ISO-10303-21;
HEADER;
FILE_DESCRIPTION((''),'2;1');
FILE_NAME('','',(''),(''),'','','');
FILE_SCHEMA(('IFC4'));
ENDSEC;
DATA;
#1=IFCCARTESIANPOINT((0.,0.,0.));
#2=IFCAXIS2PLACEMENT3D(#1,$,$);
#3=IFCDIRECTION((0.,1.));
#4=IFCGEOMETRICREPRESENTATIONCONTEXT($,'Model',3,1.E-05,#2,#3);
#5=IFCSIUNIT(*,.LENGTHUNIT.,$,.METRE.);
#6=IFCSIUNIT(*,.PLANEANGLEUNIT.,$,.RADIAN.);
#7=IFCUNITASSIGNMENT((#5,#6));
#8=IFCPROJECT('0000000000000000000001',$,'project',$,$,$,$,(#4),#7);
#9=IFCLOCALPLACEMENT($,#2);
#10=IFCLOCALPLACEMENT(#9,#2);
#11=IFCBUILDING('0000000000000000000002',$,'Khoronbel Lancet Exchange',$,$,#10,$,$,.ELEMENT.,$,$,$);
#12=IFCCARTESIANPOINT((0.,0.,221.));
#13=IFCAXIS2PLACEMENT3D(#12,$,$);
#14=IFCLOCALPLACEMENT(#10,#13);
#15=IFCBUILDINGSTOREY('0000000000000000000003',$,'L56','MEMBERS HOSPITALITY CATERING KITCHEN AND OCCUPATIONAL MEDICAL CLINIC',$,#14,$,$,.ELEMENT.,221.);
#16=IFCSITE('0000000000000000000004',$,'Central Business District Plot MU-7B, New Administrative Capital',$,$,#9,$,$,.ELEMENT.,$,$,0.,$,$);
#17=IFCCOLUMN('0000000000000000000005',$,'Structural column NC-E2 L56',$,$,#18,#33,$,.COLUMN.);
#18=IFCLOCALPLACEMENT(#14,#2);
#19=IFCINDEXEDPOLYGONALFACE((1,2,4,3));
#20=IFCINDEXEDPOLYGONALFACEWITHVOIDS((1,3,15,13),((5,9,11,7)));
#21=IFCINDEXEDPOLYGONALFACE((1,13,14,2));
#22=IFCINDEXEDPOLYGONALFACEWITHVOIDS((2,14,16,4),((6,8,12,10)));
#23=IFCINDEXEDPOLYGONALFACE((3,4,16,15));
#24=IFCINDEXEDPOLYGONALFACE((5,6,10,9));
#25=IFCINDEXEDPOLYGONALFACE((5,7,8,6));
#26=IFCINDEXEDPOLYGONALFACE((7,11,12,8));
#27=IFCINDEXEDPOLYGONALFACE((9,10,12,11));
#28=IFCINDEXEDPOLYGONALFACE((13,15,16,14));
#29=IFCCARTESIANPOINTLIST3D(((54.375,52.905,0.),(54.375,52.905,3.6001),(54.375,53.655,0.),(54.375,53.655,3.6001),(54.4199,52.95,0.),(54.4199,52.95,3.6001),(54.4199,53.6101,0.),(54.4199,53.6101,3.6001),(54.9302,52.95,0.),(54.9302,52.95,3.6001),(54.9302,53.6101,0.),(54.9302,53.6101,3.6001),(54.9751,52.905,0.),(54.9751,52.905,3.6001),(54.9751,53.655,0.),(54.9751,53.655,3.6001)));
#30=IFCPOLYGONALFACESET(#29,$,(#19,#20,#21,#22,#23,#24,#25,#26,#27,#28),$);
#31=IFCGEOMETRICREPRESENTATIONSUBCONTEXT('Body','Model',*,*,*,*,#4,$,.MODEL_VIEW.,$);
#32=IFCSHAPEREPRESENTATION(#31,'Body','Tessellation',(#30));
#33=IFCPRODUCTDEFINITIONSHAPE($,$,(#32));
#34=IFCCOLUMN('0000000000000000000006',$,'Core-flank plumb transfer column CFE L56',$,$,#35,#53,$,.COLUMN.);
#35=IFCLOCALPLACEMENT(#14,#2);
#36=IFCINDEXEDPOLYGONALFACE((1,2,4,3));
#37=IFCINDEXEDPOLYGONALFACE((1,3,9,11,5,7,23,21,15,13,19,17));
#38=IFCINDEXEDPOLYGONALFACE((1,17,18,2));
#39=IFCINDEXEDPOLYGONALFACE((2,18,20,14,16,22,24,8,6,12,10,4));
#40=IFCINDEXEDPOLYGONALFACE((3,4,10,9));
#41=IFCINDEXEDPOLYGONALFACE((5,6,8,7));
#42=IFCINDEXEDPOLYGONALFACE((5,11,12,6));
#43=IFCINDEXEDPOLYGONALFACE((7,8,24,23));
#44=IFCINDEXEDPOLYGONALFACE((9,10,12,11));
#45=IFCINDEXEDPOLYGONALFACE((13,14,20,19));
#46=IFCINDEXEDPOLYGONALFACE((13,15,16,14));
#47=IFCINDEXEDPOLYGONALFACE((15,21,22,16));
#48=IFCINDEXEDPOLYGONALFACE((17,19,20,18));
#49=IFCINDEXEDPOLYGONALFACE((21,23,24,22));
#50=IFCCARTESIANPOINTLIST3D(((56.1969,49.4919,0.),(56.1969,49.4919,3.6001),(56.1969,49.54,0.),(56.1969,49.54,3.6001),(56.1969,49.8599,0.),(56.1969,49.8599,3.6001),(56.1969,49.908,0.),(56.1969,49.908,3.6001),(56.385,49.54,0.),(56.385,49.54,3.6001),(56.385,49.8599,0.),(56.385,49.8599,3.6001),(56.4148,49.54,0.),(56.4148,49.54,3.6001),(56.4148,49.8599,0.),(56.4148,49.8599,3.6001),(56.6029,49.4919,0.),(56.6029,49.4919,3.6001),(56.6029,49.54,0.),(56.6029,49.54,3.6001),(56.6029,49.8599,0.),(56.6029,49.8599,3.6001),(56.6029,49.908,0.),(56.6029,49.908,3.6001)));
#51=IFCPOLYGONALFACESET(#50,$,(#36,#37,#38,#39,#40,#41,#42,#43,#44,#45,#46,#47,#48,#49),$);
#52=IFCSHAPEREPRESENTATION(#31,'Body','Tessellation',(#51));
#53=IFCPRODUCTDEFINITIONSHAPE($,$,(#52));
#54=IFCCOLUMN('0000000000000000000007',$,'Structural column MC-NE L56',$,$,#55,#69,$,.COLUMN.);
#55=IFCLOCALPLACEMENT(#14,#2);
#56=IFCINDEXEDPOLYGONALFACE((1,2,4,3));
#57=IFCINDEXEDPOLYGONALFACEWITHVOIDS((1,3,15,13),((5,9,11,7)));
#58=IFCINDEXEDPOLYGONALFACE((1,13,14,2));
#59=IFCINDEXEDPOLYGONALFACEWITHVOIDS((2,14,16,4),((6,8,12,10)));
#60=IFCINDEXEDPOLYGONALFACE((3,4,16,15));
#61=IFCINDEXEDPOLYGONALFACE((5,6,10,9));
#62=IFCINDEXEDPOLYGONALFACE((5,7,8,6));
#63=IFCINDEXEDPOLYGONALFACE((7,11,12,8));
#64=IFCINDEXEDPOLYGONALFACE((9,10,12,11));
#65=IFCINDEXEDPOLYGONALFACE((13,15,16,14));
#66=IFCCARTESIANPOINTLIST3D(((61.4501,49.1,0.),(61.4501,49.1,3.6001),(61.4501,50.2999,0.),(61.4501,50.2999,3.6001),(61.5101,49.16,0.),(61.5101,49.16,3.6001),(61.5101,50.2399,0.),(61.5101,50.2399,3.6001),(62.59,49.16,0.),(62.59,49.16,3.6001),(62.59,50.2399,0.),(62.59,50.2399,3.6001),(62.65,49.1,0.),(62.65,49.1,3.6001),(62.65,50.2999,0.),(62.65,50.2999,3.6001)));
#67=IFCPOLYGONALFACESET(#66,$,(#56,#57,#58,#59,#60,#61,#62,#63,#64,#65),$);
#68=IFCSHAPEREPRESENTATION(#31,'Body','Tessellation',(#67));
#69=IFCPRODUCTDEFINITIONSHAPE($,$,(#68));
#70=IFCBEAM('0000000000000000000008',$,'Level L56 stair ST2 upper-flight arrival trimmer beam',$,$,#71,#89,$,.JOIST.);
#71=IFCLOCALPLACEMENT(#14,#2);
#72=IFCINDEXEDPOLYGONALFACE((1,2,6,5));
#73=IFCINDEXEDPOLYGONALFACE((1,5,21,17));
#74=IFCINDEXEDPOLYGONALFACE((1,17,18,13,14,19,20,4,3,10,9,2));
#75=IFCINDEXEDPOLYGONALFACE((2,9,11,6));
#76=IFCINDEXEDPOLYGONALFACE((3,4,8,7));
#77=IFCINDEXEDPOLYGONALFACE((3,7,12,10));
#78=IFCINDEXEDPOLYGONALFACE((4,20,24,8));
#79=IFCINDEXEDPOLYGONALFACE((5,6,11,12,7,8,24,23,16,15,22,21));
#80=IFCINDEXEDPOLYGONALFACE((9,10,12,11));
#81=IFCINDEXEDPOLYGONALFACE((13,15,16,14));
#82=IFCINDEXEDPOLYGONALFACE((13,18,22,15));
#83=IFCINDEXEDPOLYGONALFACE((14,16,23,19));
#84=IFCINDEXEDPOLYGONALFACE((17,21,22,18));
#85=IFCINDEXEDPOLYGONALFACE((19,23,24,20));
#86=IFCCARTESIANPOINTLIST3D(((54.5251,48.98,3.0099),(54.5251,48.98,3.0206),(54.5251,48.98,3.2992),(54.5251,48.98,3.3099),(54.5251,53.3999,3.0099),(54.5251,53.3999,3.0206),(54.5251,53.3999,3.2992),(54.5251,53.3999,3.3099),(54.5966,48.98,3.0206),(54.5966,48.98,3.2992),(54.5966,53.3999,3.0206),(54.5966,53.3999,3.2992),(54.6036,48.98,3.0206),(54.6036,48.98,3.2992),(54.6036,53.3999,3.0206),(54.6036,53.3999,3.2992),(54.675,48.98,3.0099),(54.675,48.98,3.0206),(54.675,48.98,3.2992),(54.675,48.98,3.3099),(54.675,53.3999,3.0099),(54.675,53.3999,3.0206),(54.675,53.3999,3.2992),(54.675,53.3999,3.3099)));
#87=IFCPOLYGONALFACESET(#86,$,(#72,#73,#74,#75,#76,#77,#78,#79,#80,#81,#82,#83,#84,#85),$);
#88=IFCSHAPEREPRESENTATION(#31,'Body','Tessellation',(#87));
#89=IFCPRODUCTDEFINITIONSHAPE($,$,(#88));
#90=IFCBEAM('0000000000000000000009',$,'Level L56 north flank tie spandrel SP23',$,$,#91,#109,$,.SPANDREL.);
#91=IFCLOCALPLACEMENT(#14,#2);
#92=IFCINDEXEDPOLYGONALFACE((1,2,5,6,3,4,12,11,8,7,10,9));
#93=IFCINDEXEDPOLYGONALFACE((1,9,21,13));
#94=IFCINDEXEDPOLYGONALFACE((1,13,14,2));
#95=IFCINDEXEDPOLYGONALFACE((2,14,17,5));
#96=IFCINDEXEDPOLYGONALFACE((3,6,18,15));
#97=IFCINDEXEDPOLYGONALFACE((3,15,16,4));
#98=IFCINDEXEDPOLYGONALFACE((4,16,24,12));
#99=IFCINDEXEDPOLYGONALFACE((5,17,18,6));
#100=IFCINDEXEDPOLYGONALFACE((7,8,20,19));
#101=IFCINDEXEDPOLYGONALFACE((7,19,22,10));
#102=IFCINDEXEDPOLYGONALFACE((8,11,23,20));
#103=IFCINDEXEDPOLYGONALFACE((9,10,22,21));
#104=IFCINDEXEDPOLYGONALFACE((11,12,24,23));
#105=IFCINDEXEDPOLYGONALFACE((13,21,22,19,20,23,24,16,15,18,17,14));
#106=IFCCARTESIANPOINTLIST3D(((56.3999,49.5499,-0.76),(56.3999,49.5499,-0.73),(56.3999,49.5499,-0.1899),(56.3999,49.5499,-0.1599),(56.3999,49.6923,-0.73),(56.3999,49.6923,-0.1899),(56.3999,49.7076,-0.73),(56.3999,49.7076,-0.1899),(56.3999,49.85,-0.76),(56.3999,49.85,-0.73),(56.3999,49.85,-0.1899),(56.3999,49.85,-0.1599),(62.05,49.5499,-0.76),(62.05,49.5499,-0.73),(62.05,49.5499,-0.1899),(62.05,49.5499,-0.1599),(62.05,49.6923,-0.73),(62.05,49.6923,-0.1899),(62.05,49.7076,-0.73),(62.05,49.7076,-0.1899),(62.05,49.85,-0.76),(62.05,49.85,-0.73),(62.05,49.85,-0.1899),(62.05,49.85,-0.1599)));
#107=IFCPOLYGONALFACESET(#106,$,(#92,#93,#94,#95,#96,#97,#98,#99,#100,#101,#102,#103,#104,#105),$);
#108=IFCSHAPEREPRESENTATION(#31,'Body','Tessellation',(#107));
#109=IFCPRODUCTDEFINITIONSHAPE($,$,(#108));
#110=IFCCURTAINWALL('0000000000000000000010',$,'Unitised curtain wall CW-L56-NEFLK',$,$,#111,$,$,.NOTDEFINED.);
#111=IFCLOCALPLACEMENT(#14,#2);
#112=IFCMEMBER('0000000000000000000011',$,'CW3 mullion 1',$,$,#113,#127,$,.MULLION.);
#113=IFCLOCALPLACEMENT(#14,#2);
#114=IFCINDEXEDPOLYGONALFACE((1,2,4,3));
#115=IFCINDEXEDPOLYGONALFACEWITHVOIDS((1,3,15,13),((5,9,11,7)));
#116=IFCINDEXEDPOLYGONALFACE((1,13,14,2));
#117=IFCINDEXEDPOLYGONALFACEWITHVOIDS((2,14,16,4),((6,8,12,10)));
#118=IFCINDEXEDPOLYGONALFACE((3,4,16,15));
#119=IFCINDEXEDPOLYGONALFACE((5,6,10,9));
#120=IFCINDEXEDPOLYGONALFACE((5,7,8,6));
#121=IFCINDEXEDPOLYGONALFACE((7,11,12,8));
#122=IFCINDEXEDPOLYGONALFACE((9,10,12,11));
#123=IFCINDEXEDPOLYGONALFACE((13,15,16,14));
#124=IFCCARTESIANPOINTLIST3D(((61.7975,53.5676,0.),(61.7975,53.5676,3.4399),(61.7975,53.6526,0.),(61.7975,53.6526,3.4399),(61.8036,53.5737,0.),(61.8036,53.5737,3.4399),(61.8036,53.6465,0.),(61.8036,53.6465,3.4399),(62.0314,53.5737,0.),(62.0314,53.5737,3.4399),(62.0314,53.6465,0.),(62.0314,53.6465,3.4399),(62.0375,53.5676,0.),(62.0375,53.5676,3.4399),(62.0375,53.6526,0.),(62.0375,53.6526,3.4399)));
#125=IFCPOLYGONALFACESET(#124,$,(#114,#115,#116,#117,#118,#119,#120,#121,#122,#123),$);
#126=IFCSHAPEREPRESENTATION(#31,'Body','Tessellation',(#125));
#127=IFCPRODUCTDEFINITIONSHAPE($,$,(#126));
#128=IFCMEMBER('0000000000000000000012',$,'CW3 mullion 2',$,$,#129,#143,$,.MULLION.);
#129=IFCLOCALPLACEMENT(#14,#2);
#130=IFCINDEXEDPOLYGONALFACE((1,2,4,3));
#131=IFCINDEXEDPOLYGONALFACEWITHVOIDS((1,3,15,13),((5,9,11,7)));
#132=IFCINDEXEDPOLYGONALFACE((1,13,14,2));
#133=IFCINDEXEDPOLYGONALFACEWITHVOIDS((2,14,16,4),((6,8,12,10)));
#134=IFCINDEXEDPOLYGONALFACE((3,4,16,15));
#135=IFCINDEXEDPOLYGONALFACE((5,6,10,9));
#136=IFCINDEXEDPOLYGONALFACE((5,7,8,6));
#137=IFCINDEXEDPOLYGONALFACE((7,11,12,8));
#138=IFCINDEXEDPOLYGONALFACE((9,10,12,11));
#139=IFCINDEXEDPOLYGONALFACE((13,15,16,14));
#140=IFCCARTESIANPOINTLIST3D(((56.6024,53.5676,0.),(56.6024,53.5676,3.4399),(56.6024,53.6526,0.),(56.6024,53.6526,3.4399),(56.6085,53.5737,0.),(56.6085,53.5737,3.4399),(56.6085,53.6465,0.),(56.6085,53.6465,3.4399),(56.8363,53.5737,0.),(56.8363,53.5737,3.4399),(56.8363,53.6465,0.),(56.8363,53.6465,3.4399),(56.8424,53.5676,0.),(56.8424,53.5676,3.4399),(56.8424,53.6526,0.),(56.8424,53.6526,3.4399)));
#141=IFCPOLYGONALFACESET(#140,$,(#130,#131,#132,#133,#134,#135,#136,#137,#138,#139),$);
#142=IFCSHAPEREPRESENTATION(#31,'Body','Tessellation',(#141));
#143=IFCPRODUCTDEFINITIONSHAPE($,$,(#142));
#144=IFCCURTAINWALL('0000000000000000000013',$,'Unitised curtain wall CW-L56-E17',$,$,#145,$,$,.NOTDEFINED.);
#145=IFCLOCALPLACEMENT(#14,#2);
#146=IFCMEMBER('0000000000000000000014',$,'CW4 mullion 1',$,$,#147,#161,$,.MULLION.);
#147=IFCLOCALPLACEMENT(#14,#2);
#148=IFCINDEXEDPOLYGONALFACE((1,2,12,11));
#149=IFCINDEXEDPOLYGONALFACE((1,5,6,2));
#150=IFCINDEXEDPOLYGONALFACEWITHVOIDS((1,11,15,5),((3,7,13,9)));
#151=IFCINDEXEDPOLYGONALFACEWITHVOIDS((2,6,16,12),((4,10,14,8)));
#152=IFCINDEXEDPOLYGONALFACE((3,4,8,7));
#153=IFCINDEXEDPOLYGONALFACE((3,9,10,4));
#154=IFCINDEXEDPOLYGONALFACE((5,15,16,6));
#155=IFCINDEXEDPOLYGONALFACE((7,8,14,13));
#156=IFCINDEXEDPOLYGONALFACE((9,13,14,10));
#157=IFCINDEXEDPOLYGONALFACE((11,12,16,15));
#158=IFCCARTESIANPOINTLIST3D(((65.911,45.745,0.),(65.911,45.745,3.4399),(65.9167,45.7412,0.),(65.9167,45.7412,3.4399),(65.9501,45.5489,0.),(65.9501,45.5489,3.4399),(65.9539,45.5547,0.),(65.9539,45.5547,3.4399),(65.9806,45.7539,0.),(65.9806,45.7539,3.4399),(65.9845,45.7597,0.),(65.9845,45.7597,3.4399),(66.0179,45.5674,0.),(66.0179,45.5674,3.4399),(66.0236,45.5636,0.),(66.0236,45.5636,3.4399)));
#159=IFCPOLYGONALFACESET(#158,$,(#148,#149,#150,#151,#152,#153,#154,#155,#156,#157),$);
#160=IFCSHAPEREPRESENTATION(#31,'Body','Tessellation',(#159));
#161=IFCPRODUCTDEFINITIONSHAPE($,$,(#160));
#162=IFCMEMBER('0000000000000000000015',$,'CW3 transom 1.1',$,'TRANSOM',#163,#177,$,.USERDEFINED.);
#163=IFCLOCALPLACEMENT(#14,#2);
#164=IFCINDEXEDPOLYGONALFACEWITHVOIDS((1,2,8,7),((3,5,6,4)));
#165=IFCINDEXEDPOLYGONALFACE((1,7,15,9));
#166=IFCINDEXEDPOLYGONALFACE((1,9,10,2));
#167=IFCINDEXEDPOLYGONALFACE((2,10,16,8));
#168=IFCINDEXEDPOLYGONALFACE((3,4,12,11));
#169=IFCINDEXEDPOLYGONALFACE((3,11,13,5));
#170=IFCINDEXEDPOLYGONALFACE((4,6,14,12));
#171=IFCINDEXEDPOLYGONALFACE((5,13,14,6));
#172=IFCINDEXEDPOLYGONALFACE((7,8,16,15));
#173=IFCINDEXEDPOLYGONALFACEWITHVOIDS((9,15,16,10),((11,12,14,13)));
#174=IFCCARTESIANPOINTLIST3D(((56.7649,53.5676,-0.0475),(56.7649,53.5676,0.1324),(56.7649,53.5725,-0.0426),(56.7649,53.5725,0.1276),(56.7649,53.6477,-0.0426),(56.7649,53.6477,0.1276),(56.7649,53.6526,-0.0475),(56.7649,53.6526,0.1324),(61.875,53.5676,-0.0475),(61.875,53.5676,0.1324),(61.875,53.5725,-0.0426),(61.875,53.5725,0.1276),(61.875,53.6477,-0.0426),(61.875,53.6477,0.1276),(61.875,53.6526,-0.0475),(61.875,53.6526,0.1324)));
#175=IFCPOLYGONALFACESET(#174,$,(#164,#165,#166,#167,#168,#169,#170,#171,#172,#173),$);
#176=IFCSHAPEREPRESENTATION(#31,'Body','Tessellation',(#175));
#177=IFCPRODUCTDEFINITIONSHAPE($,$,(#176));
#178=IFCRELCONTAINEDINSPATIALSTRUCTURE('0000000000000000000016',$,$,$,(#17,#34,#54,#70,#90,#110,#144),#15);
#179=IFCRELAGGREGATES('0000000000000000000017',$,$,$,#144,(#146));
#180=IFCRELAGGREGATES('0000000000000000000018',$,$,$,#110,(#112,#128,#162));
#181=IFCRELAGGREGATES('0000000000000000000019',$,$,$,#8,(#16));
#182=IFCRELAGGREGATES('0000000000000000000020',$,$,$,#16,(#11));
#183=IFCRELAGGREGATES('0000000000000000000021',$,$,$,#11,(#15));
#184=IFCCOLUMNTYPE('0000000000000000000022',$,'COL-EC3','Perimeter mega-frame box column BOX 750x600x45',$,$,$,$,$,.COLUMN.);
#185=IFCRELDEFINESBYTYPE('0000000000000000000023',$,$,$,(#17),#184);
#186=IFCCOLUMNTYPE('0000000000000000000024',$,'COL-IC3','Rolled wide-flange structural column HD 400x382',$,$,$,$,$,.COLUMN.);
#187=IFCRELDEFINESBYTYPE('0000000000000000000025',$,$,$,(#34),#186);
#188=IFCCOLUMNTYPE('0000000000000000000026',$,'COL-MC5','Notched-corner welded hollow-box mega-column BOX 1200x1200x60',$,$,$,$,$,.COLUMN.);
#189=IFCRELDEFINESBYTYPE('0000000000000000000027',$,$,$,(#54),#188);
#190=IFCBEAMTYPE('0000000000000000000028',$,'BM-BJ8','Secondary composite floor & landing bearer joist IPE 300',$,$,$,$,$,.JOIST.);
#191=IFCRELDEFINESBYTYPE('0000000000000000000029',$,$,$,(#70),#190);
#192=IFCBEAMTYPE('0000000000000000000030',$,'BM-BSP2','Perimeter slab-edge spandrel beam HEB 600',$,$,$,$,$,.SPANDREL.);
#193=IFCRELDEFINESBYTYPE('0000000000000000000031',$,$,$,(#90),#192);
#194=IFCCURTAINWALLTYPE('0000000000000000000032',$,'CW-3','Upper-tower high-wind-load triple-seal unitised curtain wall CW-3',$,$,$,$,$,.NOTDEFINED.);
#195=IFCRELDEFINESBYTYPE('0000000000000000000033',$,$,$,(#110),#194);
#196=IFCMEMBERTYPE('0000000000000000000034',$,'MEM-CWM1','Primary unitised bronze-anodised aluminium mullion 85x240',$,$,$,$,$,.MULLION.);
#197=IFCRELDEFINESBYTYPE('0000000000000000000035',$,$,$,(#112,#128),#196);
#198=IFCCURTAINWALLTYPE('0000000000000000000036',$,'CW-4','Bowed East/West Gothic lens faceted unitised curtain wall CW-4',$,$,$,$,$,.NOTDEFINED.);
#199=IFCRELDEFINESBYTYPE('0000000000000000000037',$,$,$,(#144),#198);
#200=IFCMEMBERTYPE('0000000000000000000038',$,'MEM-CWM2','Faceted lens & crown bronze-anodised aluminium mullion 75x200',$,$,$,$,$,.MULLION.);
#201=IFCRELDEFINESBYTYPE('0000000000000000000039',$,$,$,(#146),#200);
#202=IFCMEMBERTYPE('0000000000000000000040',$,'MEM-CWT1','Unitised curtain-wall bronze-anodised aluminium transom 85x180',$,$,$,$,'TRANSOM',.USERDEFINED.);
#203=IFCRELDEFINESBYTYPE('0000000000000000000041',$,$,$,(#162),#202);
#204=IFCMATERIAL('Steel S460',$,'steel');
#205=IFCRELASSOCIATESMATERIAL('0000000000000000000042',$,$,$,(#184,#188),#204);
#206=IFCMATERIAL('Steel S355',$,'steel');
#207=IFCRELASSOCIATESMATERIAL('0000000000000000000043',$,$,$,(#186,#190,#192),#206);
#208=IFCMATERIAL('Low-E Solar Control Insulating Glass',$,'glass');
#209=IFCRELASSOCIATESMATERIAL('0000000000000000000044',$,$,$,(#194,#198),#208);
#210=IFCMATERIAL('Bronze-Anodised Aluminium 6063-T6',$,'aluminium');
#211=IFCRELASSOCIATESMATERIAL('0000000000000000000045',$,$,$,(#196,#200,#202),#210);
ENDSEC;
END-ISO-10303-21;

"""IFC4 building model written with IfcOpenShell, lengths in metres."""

from ifc_helpers import new_model, si_unit, direction, frame, origin, origin_2d, place, context, subcontext, project, spatial, hollow_rectangle, i_section, extrude, material, material_profile, profile_set, type_object, element, aggregate, save


model = new_model("IFC4")

# Units and contexts
model_context = context("Model", 3, precision=1e-05, world=origin(), true_north=direction((0.0, 1.0)))
body_context = subcontext(model_context, "Body", "Model", "MODEL_VIEW")
ifc_project = project(units=[si_unit("LENGTHUNIT", "METRE"), si_unit("PLANEANGLEUNIT", "RADIAN")], contexts=[model_context])

# Site, building, storey
site_placement = place(None, origin())
site = spatial("IfcSite", under=ifc_project, at=site_placement, Name="Central Business District Plot MU-7B, New Administrative Capital", CompositionType="ELEMENT", RefElevation=0.0)
building_placement = place(site_placement, origin())
building = spatial("IfcBuilding", under=site, at=building_placement, Name="Khoronbel Lancet Exchange", CompositionType="ELEMENT")
storey_placement = place(building_placement, frame((0.0, 0.0, 221.0)))
storey = spatial("IfcBuildingStorey", under=building, at=storey_placement, Name="L56", Description="MEMBERS HOSPITALITY CATERING KITCHEN AND OCCUPATIONAL MEDICAL CLINIC", CompositionType="ELEMENT", Elevation=221.0)

# Columns
ifc_material_1 = material(Name="Steel S460", Category="steel")
ifc_material_profile_1 = material_profile(ifc_material_1, hollow_rectangle(XDim=0.6001, YDim=0.75, WallThickness=0.0449, at=origin_2d()), Name="BOX 750x600x45")
ifc_profile_set_1 = profile_set([ifc_material_profile_1], Name="Steel S460")
column_type_1 = type_object("IfcColumnType", Name="COL-EC3", Description="Perimeter mega-frame box column BOX 750x600x45", PredefinedType="COLUMN", material=ifc_profile_set_1)
column_1_placement = place(storey_placement, frame((54.675, 53.28, 0.0), z_axis=(0.0, 0.0, 1.0), x_axis=(1.0, 0.0, 0.0)))
element("IfcColumn", 1, at=column_1_placement, inside=storey, type_object=column_type_1, Name="Structural column NC-E2 L56", PredefinedType="COLUMN", context=body_context, shape_type="SweptSolid", body=[
    extrude(hollow_rectangle(XDim=0.6001, YDim=0.75, WallThickness=0.0449, at=origin_2d()), origin(), (0.0, 0.0, 1.0), 3.6001),
])
ifc_material_2 = material(Name="Steel S355", Category="steel")
ifc_material_profile_2 = material_profile(ifc_material_2, i_section(OverallWidth=0.406, OverallDepth=0.416, WebThickness=0.0298, FlangeThickness=0.0481, at=origin_2d()), Name="HD 400x382")
ifc_profile_set_2 = profile_set([ifc_material_profile_2], Name="Steel S355")
column_type_2 = type_object("IfcColumnType", Name="COL-IC3", Description="Rolled wide-flange structural column HD 400x382", PredefinedType="COLUMN", material=ifc_profile_set_2)
column_2_placement = place(storey_placement, frame((56.3999, 49.7, 0.0), z_axis=(0.0, 0.0, 1.0), x_axis=(1.0, 0.0, 0.0)))
element("IfcColumn", 2, at=column_2_placement, inside=storey, type_object=column_type_2, Name="Core-flank plumb transfer column CFE L56", PredefinedType="COLUMN", context=body_context, shape_type="SweptSolid", body=[
    extrude(i_section(OverallWidth=0.406, OverallDepth=0.416, WebThickness=0.0298, FlangeThickness=0.0481, at=origin_2d()), origin(), (0.0, 0.0, 1.0), 3.6001),
])
ifc_material_profile_3 = material_profile(ifc_material_1, hollow_rectangle(XDim=1.2, YDim=1.2, WallThickness=0.0601, at=origin_2d()), Name="BOX 1200x1200x60")
ifc_profile_set_3 = profile_set([ifc_material_profile_3], Name="Steel S460")
column_type_3 = type_object("IfcColumnType", Name="COL-MC5", Description="Notched-corner welded hollow-box mega-column BOX 1200x1200x60", PredefinedType="COLUMN", material=ifc_profile_set_3)
column_3_placement = place(storey_placement, frame((62.05, 49.7, 0.0), z_axis=(0.0, 0.0, 1.0), x_axis=(1.0, 0.0, 0.0)))
element("IfcColumn", 3, at=column_3_placement, inside=storey, type_object=column_type_3, Name="Structural column MC-NE L56", PredefinedType="COLUMN", context=body_context, shape_type="SweptSolid", body=[
    extrude(hollow_rectangle(XDim=1.2, YDim=1.2, WallThickness=0.0601, at=origin_2d()), origin(), (0.0, 0.0, 1.0), 3.6001),
])

# Beams
ifc_material_profile_4 = material_profile(ifc_material_2, i_section(OverallWidth=0.1499, OverallDepth=0.3, WebThickness=0.0071, FlangeThickness=0.0107, at=origin_2d()), Name="IPE 300")
ifc_profile_set_4 = profile_set([ifc_material_profile_4], Name="Steel S355")
beam_type_1 = type_object("IfcBeamType", Name="BM-BJ8", Description="Secondary composite floor & landing bearer joist IPE 300", PredefinedType="JOIST", material=ifc_profile_set_4)
beam_1_placement = place(storey_placement, frame((54.6001, 48.98, 3.1599), z_axis=(0.0, 1.0, 0.0), x_axis=(-1.0, 0.0, 0.0)))
element("IfcBeam", 4, at=beam_1_placement, inside=storey, type_object=beam_type_1, Name="Level L56 stair ST2 upper-flight arrival trimmer beam", PredefinedType="JOIST", context=body_context, shape_type="SweptSolid", body=[
    extrude(i_section(OverallWidth=0.1499, OverallDepth=0.3, WebThickness=0.0071, FlangeThickness=0.0107, at=origin_2d()), origin(), (0.0, 0.0, 1.0), 4.4199),
])
ifc_material_profile_5 = material_profile(ifc_material_2, i_section(OverallWidth=0.3, OverallDepth=0.6001, WebThickness=0.0154, FlangeThickness=0.03, at=origin_2d()), Name="HEB 600")
ifc_profile_set_5 = profile_set([ifc_material_profile_5], Name="Steel S355")
beam_type_2 = type_object("IfcBeamType", Name="BM-BSP2", Description="Perimeter slab-edge spandrel beam HEB 600", PredefinedType="SPANDREL", material=ifc_profile_set_5)
beam_2_placement = place(storey_placement, frame((62.05, 49.7, -0.46), z_axis=(-1.0, 0.0, 0.0), x_axis=(0.0, -1.0, 0.0)))
element("IfcBeam", 5, at=beam_2_placement, inside=storey, type_object=beam_type_2, Name="Level L56 north flank tie spandrel SP23", PredefinedType="SPANDREL", context=body_context, shape_type="SweptSolid", body=[
    extrude(i_section(OverallWidth=0.3, OverallDepth=0.6001, WebThickness=0.0154, FlangeThickness=0.03, at=origin_2d()), origin(), (0.0, 0.0, 1.0), 5.6501),
])

# Curtain wall, members
ifc_material_3 = material(Name="Low-E Solar Control Insulating Glass", Category="glass")
curtain_wall_type_1 = type_object("IfcCurtainWallType", Name="CW-3", Description="Upper-tower high-wind-load triple-seal unitised curtain wall CW-3", PredefinedType="NOTDEFINED", material=ifc_material_3)
curtain_wall_1_placement = place(storey_placement, origin())
curtain_wall_1 = element("IfcCurtainWall", 6, at=curtain_wall_1_placement, inside=storey, type_object=curtain_wall_type_1, Name="Unitised curtain wall CW-L56-NEFLK", PredefinedType="NOTDEFINED")
ifc_material_4 = material(Name="Bronze-Anodised Aluminium 6063-T6", Category="aluminium")
ifc_material_profile_6 = material_profile(ifc_material_4, hollow_rectangle(XDim=0.085, YDim=0.24, WallThickness=0.0061, at=origin_2d()), Name="ALU MULLION 85x240")
ifc_profile_set_6 = profile_set([ifc_material_profile_6], Name="Bronze-Anodised Aluminium 6063-T6")
member_type_1 = type_object("IfcMemberType", Name="MEM-CWM1", Description="Primary unitised bronze-anodised aluminium mullion 85x240", PredefinedType="MULLION", material=ifc_profile_set_6)
member_1_placement = place(storey_placement, frame((61.9175, 53.6101, 0.0), z_axis=(0.0, 0.0, 1.0), x_axis=(0.0, -1.0, 0.0)))
member_1 = element("IfcMember", 7, at=member_1_placement, type_object=member_type_1, Name="CW3 mullion 1", PredefinedType="MULLION", context=body_context, shape_type="SweptSolid", body=[
    extrude(hollow_rectangle(XDim=0.085, YDim=0.24, WallThickness=0.0061, at=origin_2d()), origin(), (0.0, 0.0, 1.0), 3.4399),
])
member_2_placement = place(storey_placement, frame((56.7224, 53.6101, 0.0), z_axis=(0.0, 0.0, 1.0), x_axis=(0.0, -1.0, 0.0)))
member_2 = element("IfcMember", 8, at=member_2_placement, type_object=member_type_1, Name="CW3 mullion 2", PredefinedType="MULLION", context=body_context, shape_type="SweptSolid", body=[
    extrude(hollow_rectangle(XDim=0.085, YDim=0.24, WallThickness=0.0061, at=origin_2d()), origin(), (0.0, 0.0, 1.0), 3.4399),
])

# Curtain wall, member
curtain_wall_type_2 = type_object("IfcCurtainWallType", Name="CW-4", Description="Bowed East/West Gothic lens faceted unitised curtain wall CW-4", PredefinedType="NOTDEFINED", material=ifc_material_3)
curtain_wall_2_placement = place(storey_placement, origin())
curtain_wall_2 = element("IfcCurtainWall", 9, at=curtain_wall_2_placement, inside=storey, type_object=curtain_wall_type_2, Name="Unitised curtain wall CW-L56-E17", PredefinedType="NOTDEFINED")
ifc_material_profile_7 = material_profile(ifc_material_4, hollow_rectangle(XDim=0.075, YDim=0.2, WallThickness=0.0049, at=origin_2d()), Name="ALU MULLION 75x200")
ifc_profile_set_7 = profile_set([ifc_material_profile_7], Name="Bronze-Anodised Aluminium 6063-T6")
member_type_2 = type_object("IfcMemberType", Name="MEM-CWM2", Description="Faceted lens & crown bronze-anodised aluminium mullion 75x200", PredefinedType="MULLION", material=ifc_profile_set_7)
member_3_placement = place(storey_placement, frame((65.9673, 45.6543, 0.0), z_axis=(0.0, 0.0, 1.0), x_axis=(0.980637, 0.195836, 0.0)))
member_3 = element("IfcMember", 10, at=member_3_placement, type_object=member_type_2, Name="CW4 mullion 1", PredefinedType="MULLION", context=body_context, shape_type="SweptSolid", body=[
    extrude(hollow_rectangle(XDim=0.075, YDim=0.2, WallThickness=0.0049, at=origin_2d()), origin(), (0.0, 0.0, 1.0), 3.4399),
])
aggregate(curtain_wall_2, [member_3])

# Member
ifc_material_profile_8 = material_profile(ifc_material_4, hollow_rectangle(XDim=0.085, YDim=0.1799, WallThickness=0.0049, at=origin_2d()), Name="ALU TRANSOM 85x180")
ifc_profile_set_8 = profile_set([ifc_material_profile_8], Name="Bronze-Anodised Aluminium 6063-T6")
member_type_3 = type_object("IfcMemberType", Name="MEM-CWT1", Description="Unitised curtain-wall bronze-anodised aluminium transom 85x180", ElementType="TRANSOM", PredefinedType="USERDEFINED", material=ifc_profile_set_8)
member_4_placement = place(storey_placement, frame((61.875, 53.6101, 0.0425), z_axis=(-1.0, 0.0, 0.0), x_axis=(0.0, -1.0, 0.0)))
member_4 = element("IfcMember", 11, at=member_4_placement, type_object=member_type_3, Name="CW3 transom 1.1", ObjectType="TRANSOM", PredefinedType="USERDEFINED", context=body_context, shape_type="SweptSolid", body=[
    extrude(hollow_rectangle(XDim=0.085, YDim=0.1799, WallThickness=0.0049, at=origin_2d()), origin(), (0.0, 0.0, 1.0), 5.1101),
])

aggregate(curtain_wall_1, [member_1, member_2, member_4])

save(model, "model.ifc")
